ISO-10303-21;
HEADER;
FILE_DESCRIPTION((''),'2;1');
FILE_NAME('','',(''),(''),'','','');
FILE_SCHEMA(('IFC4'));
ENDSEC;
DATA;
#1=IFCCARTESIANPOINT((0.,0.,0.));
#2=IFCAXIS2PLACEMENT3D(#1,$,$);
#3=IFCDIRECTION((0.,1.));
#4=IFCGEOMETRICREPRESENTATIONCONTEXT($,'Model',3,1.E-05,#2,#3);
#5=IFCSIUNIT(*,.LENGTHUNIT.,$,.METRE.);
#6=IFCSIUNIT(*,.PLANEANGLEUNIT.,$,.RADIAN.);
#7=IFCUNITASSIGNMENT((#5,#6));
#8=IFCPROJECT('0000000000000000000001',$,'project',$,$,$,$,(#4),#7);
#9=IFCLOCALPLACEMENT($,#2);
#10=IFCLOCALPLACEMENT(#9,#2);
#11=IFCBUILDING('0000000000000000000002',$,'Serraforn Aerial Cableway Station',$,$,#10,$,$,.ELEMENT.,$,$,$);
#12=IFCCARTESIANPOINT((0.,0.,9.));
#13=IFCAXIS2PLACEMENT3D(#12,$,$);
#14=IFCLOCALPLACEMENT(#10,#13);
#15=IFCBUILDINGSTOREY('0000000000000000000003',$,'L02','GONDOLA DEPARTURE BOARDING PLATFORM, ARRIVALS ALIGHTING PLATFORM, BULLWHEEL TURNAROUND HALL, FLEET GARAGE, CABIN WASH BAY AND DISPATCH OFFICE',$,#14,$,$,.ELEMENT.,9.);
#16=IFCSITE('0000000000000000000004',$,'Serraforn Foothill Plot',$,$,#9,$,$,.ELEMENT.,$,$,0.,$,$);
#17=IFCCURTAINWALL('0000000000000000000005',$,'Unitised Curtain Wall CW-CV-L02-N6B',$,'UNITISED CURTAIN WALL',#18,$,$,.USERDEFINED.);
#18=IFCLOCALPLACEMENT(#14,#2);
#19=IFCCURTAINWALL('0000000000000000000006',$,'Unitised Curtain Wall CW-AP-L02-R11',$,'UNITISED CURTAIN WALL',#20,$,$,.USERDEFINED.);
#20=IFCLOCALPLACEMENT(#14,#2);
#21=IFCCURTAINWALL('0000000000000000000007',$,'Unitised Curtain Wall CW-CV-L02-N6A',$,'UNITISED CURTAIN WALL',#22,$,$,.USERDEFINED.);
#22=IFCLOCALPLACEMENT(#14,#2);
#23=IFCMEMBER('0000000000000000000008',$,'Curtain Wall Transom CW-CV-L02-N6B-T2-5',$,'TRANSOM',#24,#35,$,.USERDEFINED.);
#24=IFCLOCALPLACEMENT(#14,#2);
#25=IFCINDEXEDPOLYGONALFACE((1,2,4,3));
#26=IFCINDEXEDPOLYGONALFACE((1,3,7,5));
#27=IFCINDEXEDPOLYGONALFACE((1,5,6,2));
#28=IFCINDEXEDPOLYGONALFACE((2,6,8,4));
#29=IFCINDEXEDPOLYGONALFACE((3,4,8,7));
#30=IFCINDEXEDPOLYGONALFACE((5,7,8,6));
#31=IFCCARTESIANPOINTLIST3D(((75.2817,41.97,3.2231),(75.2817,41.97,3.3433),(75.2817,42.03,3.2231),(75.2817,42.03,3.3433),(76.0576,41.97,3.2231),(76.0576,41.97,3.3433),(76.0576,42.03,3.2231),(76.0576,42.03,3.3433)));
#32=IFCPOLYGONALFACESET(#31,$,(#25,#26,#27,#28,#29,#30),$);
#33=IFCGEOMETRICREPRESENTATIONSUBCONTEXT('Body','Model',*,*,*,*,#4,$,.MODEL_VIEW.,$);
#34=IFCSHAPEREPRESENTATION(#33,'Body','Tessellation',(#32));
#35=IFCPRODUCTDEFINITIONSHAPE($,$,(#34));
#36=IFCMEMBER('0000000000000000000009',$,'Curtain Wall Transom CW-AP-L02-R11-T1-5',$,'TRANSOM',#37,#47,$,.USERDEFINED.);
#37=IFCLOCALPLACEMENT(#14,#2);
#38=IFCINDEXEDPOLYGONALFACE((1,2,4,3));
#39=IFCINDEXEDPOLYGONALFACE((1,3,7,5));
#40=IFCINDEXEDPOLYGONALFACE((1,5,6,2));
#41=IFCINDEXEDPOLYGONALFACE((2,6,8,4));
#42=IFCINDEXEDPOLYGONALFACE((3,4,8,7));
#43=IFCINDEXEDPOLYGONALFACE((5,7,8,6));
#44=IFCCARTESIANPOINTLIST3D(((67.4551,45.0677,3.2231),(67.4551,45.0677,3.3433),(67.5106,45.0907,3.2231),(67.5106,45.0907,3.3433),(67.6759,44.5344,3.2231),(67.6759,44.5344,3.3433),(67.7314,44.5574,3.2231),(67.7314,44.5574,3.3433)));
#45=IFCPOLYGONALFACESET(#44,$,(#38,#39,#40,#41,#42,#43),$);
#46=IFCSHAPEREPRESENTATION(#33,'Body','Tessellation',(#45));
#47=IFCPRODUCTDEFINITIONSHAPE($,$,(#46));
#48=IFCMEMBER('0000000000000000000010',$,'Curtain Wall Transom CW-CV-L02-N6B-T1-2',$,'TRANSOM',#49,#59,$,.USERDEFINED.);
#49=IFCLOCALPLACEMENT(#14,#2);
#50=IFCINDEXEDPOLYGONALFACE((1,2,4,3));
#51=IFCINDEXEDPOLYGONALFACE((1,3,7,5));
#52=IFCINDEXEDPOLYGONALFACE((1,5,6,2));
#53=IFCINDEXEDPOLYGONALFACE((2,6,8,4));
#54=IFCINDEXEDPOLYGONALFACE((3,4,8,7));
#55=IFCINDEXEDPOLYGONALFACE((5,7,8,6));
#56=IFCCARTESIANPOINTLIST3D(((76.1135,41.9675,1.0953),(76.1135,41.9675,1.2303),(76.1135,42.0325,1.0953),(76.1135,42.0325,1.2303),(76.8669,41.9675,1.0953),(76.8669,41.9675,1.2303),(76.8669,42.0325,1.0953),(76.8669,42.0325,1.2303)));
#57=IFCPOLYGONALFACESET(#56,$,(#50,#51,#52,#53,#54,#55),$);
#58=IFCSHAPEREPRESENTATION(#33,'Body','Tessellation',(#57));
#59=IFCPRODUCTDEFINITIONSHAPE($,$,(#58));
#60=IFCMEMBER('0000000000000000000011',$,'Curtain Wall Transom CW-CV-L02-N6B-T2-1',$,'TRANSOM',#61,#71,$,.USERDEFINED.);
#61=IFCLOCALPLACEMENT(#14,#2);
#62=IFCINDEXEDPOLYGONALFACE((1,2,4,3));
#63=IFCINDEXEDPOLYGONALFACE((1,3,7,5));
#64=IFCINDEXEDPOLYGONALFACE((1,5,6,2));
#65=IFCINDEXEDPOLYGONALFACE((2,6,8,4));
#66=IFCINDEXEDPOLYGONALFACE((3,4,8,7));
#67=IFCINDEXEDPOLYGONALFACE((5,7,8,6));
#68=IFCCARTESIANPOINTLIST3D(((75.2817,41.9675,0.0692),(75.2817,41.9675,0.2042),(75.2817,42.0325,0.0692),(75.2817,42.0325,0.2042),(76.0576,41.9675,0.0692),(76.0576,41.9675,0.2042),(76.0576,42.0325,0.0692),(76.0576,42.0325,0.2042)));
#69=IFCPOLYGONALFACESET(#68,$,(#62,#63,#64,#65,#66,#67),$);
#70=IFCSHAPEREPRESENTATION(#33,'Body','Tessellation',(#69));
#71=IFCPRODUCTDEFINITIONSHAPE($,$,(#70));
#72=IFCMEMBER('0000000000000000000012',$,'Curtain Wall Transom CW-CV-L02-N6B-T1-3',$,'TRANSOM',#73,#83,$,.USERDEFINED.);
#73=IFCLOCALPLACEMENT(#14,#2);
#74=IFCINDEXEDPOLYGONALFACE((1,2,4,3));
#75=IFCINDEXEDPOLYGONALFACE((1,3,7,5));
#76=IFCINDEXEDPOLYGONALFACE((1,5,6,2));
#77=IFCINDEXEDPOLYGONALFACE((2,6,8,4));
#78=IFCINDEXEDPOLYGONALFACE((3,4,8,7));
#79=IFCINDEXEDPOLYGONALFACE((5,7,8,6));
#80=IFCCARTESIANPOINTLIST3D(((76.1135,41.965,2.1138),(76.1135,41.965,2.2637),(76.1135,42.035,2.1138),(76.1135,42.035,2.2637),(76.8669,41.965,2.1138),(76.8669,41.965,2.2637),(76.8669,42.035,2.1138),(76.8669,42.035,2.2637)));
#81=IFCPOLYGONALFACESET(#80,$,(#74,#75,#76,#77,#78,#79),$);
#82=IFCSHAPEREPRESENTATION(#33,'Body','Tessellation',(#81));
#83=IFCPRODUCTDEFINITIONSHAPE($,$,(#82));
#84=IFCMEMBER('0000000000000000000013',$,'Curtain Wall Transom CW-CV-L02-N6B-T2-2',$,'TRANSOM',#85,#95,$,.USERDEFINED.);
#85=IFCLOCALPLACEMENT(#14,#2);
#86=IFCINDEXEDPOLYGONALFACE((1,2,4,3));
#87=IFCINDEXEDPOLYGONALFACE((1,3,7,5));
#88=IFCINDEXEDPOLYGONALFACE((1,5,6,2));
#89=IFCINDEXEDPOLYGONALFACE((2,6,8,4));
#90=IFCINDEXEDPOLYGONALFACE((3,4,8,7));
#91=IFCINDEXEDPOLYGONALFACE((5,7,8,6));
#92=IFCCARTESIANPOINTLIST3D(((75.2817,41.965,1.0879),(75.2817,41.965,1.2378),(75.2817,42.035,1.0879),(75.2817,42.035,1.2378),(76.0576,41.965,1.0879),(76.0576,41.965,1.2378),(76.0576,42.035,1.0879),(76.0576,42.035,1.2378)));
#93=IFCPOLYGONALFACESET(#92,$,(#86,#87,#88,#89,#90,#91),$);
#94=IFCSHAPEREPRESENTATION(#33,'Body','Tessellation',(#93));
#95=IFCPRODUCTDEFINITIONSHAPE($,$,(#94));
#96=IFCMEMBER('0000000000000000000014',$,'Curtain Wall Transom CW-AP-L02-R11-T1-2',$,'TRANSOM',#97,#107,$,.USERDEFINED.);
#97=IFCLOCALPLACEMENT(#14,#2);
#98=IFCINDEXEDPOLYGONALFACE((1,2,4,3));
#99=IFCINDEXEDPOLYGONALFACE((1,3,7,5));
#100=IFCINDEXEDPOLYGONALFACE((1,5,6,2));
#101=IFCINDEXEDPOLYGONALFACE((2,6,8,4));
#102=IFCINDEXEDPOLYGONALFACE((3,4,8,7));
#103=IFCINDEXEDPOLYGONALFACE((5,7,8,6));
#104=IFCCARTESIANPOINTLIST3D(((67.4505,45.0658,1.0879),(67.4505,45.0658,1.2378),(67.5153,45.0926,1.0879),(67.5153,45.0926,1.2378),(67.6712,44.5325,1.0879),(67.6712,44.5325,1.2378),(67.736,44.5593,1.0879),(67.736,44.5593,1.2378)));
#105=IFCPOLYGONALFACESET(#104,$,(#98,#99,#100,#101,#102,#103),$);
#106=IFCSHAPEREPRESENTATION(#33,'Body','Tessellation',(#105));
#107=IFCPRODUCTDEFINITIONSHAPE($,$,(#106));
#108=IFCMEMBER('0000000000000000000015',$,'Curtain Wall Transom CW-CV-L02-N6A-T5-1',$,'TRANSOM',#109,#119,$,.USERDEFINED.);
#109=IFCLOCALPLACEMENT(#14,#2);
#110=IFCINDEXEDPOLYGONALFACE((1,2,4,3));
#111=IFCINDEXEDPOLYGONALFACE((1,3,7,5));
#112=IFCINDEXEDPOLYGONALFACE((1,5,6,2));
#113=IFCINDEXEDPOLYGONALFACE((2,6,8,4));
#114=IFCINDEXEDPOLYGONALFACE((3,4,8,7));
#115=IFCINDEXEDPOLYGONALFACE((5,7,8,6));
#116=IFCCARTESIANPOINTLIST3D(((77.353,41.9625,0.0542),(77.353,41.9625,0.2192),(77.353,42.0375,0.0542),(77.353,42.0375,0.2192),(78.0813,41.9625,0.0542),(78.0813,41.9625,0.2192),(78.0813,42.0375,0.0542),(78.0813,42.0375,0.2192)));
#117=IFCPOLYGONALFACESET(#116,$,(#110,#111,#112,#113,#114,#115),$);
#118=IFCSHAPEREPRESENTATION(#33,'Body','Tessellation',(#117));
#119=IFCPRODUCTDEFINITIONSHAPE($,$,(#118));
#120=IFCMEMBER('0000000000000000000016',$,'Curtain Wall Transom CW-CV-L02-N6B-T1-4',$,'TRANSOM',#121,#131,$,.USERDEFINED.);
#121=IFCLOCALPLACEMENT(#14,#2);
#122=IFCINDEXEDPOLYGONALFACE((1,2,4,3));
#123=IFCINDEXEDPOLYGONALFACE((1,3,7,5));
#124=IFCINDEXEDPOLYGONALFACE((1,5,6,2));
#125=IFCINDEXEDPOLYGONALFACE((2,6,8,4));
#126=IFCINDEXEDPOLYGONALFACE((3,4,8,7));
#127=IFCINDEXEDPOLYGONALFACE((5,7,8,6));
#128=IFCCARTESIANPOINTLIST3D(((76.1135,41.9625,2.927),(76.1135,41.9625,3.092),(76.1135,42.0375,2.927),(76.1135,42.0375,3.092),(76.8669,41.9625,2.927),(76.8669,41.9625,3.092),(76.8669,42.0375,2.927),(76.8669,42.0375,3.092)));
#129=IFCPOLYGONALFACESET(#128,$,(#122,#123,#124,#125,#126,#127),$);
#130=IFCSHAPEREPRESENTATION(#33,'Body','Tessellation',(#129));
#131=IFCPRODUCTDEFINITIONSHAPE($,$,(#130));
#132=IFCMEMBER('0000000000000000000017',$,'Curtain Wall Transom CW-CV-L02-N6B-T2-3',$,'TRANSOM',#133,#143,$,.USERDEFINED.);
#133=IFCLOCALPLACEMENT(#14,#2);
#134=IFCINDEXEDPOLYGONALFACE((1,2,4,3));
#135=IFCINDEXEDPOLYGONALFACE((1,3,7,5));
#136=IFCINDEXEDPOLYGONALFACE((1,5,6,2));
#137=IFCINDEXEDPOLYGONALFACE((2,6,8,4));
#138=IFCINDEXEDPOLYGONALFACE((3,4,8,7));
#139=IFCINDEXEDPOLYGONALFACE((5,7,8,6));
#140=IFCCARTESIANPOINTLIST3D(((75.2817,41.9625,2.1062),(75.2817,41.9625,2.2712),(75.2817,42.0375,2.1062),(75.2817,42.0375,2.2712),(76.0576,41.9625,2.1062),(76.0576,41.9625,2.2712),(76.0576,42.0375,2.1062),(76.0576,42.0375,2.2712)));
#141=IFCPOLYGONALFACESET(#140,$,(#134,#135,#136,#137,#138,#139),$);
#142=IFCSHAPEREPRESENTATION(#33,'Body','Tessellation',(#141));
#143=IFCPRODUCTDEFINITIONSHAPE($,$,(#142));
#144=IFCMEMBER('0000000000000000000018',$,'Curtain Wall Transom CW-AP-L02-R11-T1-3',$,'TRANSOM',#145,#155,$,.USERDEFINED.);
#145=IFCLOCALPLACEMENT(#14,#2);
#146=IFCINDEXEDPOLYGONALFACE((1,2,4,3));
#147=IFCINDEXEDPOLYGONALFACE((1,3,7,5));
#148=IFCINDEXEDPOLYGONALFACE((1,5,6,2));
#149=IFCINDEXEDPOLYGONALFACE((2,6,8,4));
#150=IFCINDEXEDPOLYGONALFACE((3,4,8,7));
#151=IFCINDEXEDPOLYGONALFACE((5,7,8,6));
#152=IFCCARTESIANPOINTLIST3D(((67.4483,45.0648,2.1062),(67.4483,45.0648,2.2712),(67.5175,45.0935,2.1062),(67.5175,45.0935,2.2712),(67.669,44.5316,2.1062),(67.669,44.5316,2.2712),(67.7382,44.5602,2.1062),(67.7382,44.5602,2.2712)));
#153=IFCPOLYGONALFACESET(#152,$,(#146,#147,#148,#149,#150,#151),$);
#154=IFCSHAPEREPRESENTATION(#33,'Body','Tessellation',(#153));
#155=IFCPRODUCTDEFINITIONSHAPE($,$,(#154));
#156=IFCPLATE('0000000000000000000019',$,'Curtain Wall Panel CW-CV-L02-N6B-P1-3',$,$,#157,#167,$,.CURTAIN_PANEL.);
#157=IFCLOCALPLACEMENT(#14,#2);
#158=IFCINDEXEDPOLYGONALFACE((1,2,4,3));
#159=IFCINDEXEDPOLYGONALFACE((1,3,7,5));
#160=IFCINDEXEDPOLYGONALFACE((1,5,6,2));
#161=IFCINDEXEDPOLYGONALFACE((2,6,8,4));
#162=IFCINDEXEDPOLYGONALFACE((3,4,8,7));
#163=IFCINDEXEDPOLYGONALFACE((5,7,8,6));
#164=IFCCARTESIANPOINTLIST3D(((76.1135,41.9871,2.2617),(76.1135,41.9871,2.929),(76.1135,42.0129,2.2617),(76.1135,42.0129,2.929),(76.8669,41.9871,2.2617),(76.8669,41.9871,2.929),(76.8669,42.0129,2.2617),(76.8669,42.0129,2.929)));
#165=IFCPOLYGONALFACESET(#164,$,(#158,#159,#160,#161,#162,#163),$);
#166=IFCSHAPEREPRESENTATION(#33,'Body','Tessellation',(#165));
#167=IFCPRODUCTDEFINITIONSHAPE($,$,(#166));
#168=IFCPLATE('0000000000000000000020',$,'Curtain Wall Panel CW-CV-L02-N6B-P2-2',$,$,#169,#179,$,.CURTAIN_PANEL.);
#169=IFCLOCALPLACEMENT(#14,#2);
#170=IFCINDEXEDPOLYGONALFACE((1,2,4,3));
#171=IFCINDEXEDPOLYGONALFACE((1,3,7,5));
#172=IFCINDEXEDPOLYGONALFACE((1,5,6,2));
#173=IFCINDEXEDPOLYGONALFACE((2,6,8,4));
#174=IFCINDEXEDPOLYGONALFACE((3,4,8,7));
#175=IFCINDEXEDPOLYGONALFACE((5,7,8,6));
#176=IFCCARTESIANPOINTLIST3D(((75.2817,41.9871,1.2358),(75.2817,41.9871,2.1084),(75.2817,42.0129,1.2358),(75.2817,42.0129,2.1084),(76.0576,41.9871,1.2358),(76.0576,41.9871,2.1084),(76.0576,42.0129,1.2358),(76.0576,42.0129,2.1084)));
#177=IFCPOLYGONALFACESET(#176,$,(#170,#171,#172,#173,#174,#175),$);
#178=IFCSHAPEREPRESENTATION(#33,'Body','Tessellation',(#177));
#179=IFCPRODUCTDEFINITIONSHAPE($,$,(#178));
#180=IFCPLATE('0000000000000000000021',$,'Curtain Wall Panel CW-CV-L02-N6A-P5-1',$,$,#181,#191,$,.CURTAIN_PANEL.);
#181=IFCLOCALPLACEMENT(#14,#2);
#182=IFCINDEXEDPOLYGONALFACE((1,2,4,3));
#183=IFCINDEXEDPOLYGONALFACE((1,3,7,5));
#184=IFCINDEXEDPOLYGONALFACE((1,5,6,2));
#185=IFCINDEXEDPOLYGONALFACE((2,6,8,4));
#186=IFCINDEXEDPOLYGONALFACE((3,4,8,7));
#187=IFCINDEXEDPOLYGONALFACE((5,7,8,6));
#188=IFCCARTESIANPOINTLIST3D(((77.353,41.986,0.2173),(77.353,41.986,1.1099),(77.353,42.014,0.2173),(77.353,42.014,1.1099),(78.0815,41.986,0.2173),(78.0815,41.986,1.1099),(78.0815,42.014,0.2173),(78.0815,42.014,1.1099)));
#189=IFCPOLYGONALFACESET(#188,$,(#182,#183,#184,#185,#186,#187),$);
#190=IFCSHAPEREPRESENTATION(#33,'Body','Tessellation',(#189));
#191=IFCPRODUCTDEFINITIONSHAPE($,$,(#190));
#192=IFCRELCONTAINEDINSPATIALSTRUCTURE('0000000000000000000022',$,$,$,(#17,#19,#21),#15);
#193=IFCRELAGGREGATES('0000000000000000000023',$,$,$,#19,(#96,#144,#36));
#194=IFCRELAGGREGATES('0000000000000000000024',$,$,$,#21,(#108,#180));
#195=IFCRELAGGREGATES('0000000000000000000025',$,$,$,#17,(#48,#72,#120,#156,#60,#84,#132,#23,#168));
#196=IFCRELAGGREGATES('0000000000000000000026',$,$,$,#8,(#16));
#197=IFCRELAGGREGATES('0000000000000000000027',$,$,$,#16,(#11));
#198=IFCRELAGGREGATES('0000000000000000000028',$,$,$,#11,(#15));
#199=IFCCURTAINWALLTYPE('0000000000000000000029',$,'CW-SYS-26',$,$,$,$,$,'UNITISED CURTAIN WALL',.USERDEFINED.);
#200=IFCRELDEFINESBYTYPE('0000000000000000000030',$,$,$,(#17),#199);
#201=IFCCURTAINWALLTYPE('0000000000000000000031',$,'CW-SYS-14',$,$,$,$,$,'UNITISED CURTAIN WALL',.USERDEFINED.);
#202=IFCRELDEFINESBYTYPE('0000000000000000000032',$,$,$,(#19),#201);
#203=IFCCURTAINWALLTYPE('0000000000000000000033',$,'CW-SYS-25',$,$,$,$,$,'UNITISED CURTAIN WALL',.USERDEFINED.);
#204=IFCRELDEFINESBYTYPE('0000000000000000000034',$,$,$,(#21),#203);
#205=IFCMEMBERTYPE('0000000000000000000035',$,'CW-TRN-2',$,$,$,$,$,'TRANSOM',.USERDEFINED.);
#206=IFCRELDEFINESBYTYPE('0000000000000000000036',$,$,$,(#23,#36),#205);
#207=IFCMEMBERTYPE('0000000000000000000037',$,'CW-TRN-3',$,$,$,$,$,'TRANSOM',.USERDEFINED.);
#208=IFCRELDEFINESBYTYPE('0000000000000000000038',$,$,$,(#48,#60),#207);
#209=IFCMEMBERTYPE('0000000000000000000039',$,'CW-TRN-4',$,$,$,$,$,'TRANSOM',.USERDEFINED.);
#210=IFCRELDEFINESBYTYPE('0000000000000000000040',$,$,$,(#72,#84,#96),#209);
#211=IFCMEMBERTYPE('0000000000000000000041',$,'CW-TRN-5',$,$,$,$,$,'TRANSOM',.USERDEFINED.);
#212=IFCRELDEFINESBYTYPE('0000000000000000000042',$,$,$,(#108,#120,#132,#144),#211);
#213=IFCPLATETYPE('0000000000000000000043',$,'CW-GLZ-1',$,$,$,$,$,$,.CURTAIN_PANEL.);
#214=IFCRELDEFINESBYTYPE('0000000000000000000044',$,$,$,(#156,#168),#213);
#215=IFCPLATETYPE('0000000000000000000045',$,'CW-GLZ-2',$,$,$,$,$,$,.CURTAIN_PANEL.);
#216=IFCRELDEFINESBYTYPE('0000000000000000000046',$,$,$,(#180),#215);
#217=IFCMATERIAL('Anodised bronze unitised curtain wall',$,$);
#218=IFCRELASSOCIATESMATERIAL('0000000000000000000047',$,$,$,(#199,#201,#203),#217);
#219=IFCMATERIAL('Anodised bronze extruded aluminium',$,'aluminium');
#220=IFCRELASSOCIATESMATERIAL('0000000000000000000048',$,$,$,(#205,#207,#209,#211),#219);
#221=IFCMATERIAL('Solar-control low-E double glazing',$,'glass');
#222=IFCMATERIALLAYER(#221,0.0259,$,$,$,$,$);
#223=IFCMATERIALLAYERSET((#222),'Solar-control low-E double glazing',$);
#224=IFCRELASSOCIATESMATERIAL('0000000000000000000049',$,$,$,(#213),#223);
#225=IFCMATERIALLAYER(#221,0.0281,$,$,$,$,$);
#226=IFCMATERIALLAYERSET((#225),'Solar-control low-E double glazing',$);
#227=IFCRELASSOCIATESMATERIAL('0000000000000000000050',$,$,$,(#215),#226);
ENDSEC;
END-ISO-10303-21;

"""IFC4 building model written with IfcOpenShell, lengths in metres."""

from ifc_helpers import new_model, si_unit, direction, frame, origin, origin_2d, place, context, subcontext, project, spatial, rectangle, extrude, material, layer, layer_set, material_profile, profile_set, type_object, element, aggregate, save


model = new_model("IFC4")

# Units and contexts
model_context = context("Model", 3, precision=1e-05, world=origin(), true_north=direction((0.0, 1.0)))
body_context = subcontext(model_context, "Body", "Model", "MODEL_VIEW")
ifc_project = project(units=[si_unit("LENGTHUNIT", "METRE"), si_unit("PLANEANGLEUNIT", "RADIAN")], contexts=[model_context])

# Site, building, storey
site_placement = place(None, origin())
site = spatial("IfcSite", under=ifc_project, at=site_placement, Name="Serraforn Foothill Plot", CompositionType="ELEMENT", RefElevation=0.0)
building_placement = place(site_placement, origin())
building = spatial("IfcBuilding", under=site, at=building_placement, Name="Serraforn Aerial Cableway Station", CompositionType="ELEMENT")
storey_placement = place(building_placement, frame((0.0, 0.0, 9.0)))
storey = spatial("IfcBuildingStorey", under=building, at=storey_placement, Name="L02", Description="GONDOLA DEPARTURE BOARDING PLATFORM, ARRIVALS ALIGHTING PLATFORM, BULLWHEEL TURNAROUND HALL, FLEET GARAGE, CABIN WASH BAY AND DISPATCH OFFICE", CompositionType="ELEMENT", Elevation=9.0)

# Curtain wall
ifc_material_1 = material(Name="Anodised bronze unitised curtain wall")
curtain_wall_type_1 = type_object("IfcCurtainWallType", Name="CW-SYS-26", ElementType="UNITISED CURTAIN WALL", PredefinedType="USERDEFINED", material=ifc_material_1)
curtain_wall_1_placement = place(storey_placement, origin())
curtain_wall_1 = element("IfcCurtainWall", 1, at=curtain_wall_1_placement, inside=storey, type_object=curtain_wall_type_1, Name="Unitised Curtain Wall CW-CV-L02-N6B", ObjectType="UNITISED CURTAIN WALL", PredefinedType="USERDEFINED")
ifc_material_2 = material(Name="Anodised bronze extruded aluminium", Category="aluminium")

# Curtain wall
curtain_wall_type_2 = type_object("IfcCurtainWallType", Name="CW-SYS-14", ElementType="UNITISED CURTAIN WALL", PredefinedType="USERDEFINED", material=ifc_material_1)
curtain_wall_2_placement = place(storey_placement, origin())
curtain_wall_2 = element("IfcCurtainWall", 2, at=curtain_wall_2_placement, inside=storey, type_object=curtain_wall_type_2, Name="Unitised Curtain Wall CW-AP-L02-R11", ObjectType="UNITISED CURTAIN WALL", PredefinedType="USERDEFINED")

# Curtain wall
curtain_wall_type_3 = type_object("IfcCurtainWallType", Name="CW-SYS-25", ElementType="UNITISED CURTAIN WALL", PredefinedType="USERDEFINED", material=ifc_material_1)
curtain_wall_3_placement = place(storey_placement, origin())
curtain_wall_3 = element("IfcCurtainWall", 3, at=curtain_wall_3_placement, inside=storey, type_object=curtain_wall_type_3, Name="Unitised Curtain Wall CW-CV-L02-N6A", ObjectType="UNITISED CURTAIN WALL", PredefinedType="USERDEFINED")

# Members
ifc_material_profile_1 = material_profile(ifc_material_2, rectangle(XDim=0.0601, YDim=0.1201, at=origin_2d()), Name="CW TRANSOM 60x120")
ifc_profile_set_1 = profile_set([ifc_material_profile_1], Name="Anodised bronze extruded aluminium")
member_type_1 = type_object("IfcMemberType", Name="CW-TRN-2", ElementType="TRANSOM", PredefinedType="USERDEFINED", material=ifc_profile_set_1)
member_1_placement = place(storey_placement, frame((76.0576, 42.0, 3.2832), z_axis=(-1.0, 0.0, 0.0), x_axis=(0.0, -1.0, 0.0)))
member_1 = element("IfcMember", 4, at=member_1_placement, type_object=member_type_1, Name="Curtain Wall Transom CW-CV-L02-N6B-T2-5", ObjectType="TRANSOM", PredefinedType="USERDEFINED", context=body_context, shape_type="SweptSolid", body=[
    extrude(rectangle(XDim=0.0601, YDim=0.1201, at=origin_2d()), origin(), (0.0, 0.0, 1.0), 0.7759),
])
member_2_placement = place(storey_placement, frame((67.7036, 44.5459, 3.2832), z_axis=(-0.382451, 0.923976, 0.0), x_axis=(-0.923976, -0.382451, 0.0)))
member_2 = element("IfcMember", 5, at=member_2_placement, type_object=member_type_1, Name="Curtain Wall Transom CW-AP-L02-R11-T1-5", ObjectType="TRANSOM", PredefinedType="USERDEFINED", context=body_context, shape_type="SweptSolid", body=[
    extrude(rectangle(XDim=0.0601, YDim=0.1201, at=origin_2d()), origin(), (0.0, 0.0, 1.0), 0.5771),
])
ifc_material_profile_2 = material_profile(ifc_material_2, rectangle(XDim=0.0649, YDim=0.135, at=origin_2d()), Name="CW TRANSOM 65x135")
ifc_profile_set_2 = profile_set([ifc_material_profile_2], Name="Anodised bronze extruded aluminium")
member_type_2 = type_object("IfcMemberType", Name="CW-TRN-3", ElementType="TRANSOM", PredefinedType="USERDEFINED", material=ifc_profile_set_2)
member_3_placement = place(storey_placement, frame((76.8669, 42.0, 1.1628), z_axis=(-1.0, 0.0, 0.0), x_axis=(0.0, -1.0, 0.0)))
member_3 = element("IfcMember", 6, at=member_3_placement, type_object=member_type_2, Name="Curtain Wall Transom CW-CV-L02-N6B-T1-2", ObjectType="TRANSOM", PredefinedType="USERDEFINED", context=body_context, shape_type="SweptSolid", body=[
    extrude(rectangle(XDim=0.0649, YDim=0.135, at=origin_2d()), origin(), (0.0, 0.0, 1.0), 0.7534),
])
member_4_placement = place(storey_placement, frame((76.0576, 42.0, 0.1367), z_axis=(-1.0, 0.0, 0.0), x_axis=(0.0, -1.0, 0.0)))
member_4 = element("IfcMember", 7, at=member_4_placement, type_object=member_type_2, Name="Curtain Wall Transom CW-CV-L02-N6B-T2-1", ObjectType="TRANSOM", PredefinedType="USERDEFINED", context=body_context, shape_type="SweptSolid", body=[
    extrude(rectangle(XDim=0.0649, YDim=0.135, at=origin_2d()), origin(), (0.0, 0.0, 1.0), 0.7759),
])
ifc_material_profile_3 = material_profile(ifc_material_2, rectangle(XDim=0.0701, YDim=0.1499, at=origin_2d()), Name="CW TRANSOM 70x150")
ifc_profile_set_3 = profile_set([ifc_material_profile_3], Name="Anodised bronze extruded aluminium")
member_type_3 = type_object("IfcMemberType", Name="CW-TRN-4", ElementType="TRANSOM", PredefinedType="USERDEFINED", material=ifc_profile_set_3)
member_5_placement = place(storey_placement, frame((76.8669, 42.0, 2.1887), z_axis=(-1.0, 0.0, 0.0), x_axis=(0.0, -1.0, 0.0)))
member_5 = element("IfcMember", 8, at=member_5_placement, type_object=member_type_3, Name="Curtain Wall Transom CW-CV-L02-N6B-T1-3", ObjectType="TRANSOM", PredefinedType="USERDEFINED", context=body_context, shape_type="SweptSolid", body=[
    extrude(rectangle(XDim=0.0701, YDim=0.1499, at=origin_2d()), origin(), (0.0, 0.0, 1.0), 0.7534),
])
member_6_placement = place(storey_placement, frame((76.0576, 42.0, 1.1628), z_axis=(-1.0, 0.0, 0.0), x_axis=(0.0, -1.0, 0.0)))
member_6 = element("IfcMember", 9, at=member_6_placement, type_object=member_type_3, Name="Curtain Wall Transom CW-CV-L02-N6B-T2-2", ObjectType="TRANSOM", PredefinedType="USERDEFINED", context=body_context, shape_type="SweptSolid", body=[
    extrude(rectangle(XDim=0.0701, YDim=0.1499, at=origin_2d()), origin(), (0.0, 0.0, 1.0), 0.7759),
])
member_7_placement = place(storey_placement, frame((67.7036, 44.5459, 1.1628), z_axis=(-0.382451, 0.923976, 0.0), x_axis=(-0.923976, -0.382451, 0.0)))
member_7 = element("IfcMember", 10, at=member_7_placement, type_object=member_type_3, Name="Curtain Wall Transom CW-AP-L02-R11-T1-2", ObjectType="TRANSOM", PredefinedType="USERDEFINED", context=body_context, shape_type="SweptSolid", body=[
    extrude(rectangle(XDim=0.0701, YDim=0.1499, at=origin_2d()), origin(), (0.0, 0.0, 1.0), 0.5771),
])
ifc_material_profile_4 = material_profile(ifc_material_2, rectangle(XDim=0.075, YDim=0.165, at=origin_2d()), Name="CW TRANSOM 75x165")
ifc_profile_set_4 = profile_set([ifc_material_profile_4], Name="Anodised bronze extruded aluminium")
member_type_4 = type_object("IfcMemberType", Name="CW-TRN-5", ElementType="TRANSOM", PredefinedType="USERDEFINED", material=ifc_profile_set_4)
member_8_placement = place(storey_placement, frame((78.0813, 42.0, 0.1367), z_axis=(-1.0, 0.0, 0.0), x_axis=(0.0, -1.0, 0.0)))
member_8 = element("IfcMember", 11, at=member_8_placement, type_object=member_type_4, Name="Curtain Wall Transom CW-CV-L02-N6A-T5-1", ObjectType="TRANSOM", PredefinedType="USERDEFINED", context=body_context, shape_type="SweptSolid", body=[
    extrude(rectangle(XDim=0.075, YDim=0.165, at=origin_2d()), origin(), (0.0, 0.0, 1.0), 0.7283),
])
member_9_placement = place(storey_placement, frame((76.8669, 42.0, 3.0095), z_axis=(-1.0, 0.0, 0.0), x_axis=(0.0, -1.0, 0.0)))
member_9 = element("IfcMember", 12, at=member_9_placement, type_object=member_type_4, Name="Curtain Wall Transom CW-CV-L02-N6B-T1-4", ObjectType="TRANSOM", PredefinedType="USERDEFINED", context=body_context, shape_type="SweptSolid", body=[
    extrude(rectangle(XDim=0.075, YDim=0.165, at=origin_2d()), origin(), (0.0, 0.0, 1.0), 0.7534),
])
member_10_placement = place(storey_placement, frame((76.0576, 42.0, 2.1887), z_axis=(-1.0, 0.0, 0.0), x_axis=(0.0, -1.0, 0.0)))
member_10 = element("IfcMember", 13, at=member_10_placement, type_object=member_type_4, Name="Curtain Wall Transom CW-CV-L02-N6B-T2-3", ObjectType="TRANSOM", PredefinedType="USERDEFINED", context=body_context, shape_type="SweptSolid", body=[
    extrude(rectangle(XDim=0.075, YDim=0.165, at=origin_2d()), origin(), (0.0, 0.0, 1.0), 0.7759),
])
member_11_placement = place(storey_placement, frame((67.7036, 44.5459, 2.1887), z_axis=(-0.382451, 0.923976, 0.0), x_axis=(-0.923976, -0.382451, 0.0)))
member_11 = element("IfcMember", 14, at=member_11_placement, type_object=member_type_4, Name="Curtain Wall Transom CW-AP-L02-R11-T1-3", ObjectType="TRANSOM", PredefinedType="USERDEFINED", context=body_context, shape_type="SweptSolid", body=[
    extrude(rectangle(XDim=0.075, YDim=0.165, at=origin_2d()), origin(), (0.0, 0.0, 1.0), 0.5771),
])
aggregate(curtain_wall_2, [member_7, member_11, member_2])

# Plates
ifc_material_3 = material(Name="Solar-control low-E double glazing", Category="glass")
ifc_layer_1 = layer(ifc_material_3, 0.0259)
ifc_layer_set_1 = layer_set([ifc_layer_1], Name="Solar-control low-E double glazing")
plate_type_1 = type_object("IfcPlateType", Name="CW-GLZ-1", PredefinedType="CURTAIN_PANEL", material=ifc_layer_set_1)
plate_1_placement = place(storey_placement, frame((76.4902, 42.0, 2.2617), z_axis=(0.0, 0.0, 1.0), x_axis=(1.0, 0.0, 0.0)))
plate_1 = element("IfcPlate", 15, at=plate_1_placement, type_object=plate_type_1, Name="Curtain Wall Panel CW-CV-L02-N6B-P1-3", PredefinedType="CURTAIN_PANEL", context=body_context, shape_type="SweptSolid", body=[
    extrude(rectangle(XDim=0.7534, YDim=0.0259, at=origin_2d()), origin(), (0.0, 0.0, 1.0), 0.6672),
])
plate_2_placement = place(storey_placement, frame((75.6697, 42.0, 1.2358), z_axis=(0.0, 0.0, 1.0), x_axis=(1.0, 0.0, 0.0)))
plate_2 = element("IfcPlate", 16, at=plate_2_placement, type_object=plate_type_1, Name="Curtain Wall Panel CW-CV-L02-N6B-P2-2", PredefinedType="CURTAIN_PANEL", context=body_context, shape_type="SweptSolid", body=[
    extrude(rectangle(XDim=0.7759, YDim=0.0259, at=origin_2d()), origin(), (0.0, 0.0, 1.0), 0.8726),
])
ifc_layer_2 = layer(ifc_material_3, 0.0281)
ifc_layer_set_2 = layer_set([ifc_layer_2], Name="Solar-control low-E double glazing")
plate_type_2 = type_object("IfcPlateType", Name="CW-GLZ-2", PredefinedType="CURTAIN_PANEL", material=ifc_layer_set_2)
plate_3_placement = place(storey_placement, frame((77.7173, 42.0, 0.2173), z_axis=(0.0, 0.0, 1.0), x_axis=(1.0, 0.0, 0.0)))
plate_3 = element("IfcPlate", 17, at=plate_3_placement, type_object=plate_type_2, Name="Curtain Wall Panel CW-CV-L02-N6A-P5-1", PredefinedType="CURTAIN_PANEL", context=body_context, shape_type="SweptSolid", body=[
    extrude(rectangle(XDim=0.7285, YDim=0.0281, at=origin_2d()), origin(), (0.0, 0.0, 1.0), 0.8926),
])
aggregate(curtain_wall_3, [member_8, plate_3])
aggregate(curtain_wall_1, [member_3, member_5, member_9, plate_1, member_4, member_6, member_10, member_1, plate_2])

save(model, "model.ifc")
